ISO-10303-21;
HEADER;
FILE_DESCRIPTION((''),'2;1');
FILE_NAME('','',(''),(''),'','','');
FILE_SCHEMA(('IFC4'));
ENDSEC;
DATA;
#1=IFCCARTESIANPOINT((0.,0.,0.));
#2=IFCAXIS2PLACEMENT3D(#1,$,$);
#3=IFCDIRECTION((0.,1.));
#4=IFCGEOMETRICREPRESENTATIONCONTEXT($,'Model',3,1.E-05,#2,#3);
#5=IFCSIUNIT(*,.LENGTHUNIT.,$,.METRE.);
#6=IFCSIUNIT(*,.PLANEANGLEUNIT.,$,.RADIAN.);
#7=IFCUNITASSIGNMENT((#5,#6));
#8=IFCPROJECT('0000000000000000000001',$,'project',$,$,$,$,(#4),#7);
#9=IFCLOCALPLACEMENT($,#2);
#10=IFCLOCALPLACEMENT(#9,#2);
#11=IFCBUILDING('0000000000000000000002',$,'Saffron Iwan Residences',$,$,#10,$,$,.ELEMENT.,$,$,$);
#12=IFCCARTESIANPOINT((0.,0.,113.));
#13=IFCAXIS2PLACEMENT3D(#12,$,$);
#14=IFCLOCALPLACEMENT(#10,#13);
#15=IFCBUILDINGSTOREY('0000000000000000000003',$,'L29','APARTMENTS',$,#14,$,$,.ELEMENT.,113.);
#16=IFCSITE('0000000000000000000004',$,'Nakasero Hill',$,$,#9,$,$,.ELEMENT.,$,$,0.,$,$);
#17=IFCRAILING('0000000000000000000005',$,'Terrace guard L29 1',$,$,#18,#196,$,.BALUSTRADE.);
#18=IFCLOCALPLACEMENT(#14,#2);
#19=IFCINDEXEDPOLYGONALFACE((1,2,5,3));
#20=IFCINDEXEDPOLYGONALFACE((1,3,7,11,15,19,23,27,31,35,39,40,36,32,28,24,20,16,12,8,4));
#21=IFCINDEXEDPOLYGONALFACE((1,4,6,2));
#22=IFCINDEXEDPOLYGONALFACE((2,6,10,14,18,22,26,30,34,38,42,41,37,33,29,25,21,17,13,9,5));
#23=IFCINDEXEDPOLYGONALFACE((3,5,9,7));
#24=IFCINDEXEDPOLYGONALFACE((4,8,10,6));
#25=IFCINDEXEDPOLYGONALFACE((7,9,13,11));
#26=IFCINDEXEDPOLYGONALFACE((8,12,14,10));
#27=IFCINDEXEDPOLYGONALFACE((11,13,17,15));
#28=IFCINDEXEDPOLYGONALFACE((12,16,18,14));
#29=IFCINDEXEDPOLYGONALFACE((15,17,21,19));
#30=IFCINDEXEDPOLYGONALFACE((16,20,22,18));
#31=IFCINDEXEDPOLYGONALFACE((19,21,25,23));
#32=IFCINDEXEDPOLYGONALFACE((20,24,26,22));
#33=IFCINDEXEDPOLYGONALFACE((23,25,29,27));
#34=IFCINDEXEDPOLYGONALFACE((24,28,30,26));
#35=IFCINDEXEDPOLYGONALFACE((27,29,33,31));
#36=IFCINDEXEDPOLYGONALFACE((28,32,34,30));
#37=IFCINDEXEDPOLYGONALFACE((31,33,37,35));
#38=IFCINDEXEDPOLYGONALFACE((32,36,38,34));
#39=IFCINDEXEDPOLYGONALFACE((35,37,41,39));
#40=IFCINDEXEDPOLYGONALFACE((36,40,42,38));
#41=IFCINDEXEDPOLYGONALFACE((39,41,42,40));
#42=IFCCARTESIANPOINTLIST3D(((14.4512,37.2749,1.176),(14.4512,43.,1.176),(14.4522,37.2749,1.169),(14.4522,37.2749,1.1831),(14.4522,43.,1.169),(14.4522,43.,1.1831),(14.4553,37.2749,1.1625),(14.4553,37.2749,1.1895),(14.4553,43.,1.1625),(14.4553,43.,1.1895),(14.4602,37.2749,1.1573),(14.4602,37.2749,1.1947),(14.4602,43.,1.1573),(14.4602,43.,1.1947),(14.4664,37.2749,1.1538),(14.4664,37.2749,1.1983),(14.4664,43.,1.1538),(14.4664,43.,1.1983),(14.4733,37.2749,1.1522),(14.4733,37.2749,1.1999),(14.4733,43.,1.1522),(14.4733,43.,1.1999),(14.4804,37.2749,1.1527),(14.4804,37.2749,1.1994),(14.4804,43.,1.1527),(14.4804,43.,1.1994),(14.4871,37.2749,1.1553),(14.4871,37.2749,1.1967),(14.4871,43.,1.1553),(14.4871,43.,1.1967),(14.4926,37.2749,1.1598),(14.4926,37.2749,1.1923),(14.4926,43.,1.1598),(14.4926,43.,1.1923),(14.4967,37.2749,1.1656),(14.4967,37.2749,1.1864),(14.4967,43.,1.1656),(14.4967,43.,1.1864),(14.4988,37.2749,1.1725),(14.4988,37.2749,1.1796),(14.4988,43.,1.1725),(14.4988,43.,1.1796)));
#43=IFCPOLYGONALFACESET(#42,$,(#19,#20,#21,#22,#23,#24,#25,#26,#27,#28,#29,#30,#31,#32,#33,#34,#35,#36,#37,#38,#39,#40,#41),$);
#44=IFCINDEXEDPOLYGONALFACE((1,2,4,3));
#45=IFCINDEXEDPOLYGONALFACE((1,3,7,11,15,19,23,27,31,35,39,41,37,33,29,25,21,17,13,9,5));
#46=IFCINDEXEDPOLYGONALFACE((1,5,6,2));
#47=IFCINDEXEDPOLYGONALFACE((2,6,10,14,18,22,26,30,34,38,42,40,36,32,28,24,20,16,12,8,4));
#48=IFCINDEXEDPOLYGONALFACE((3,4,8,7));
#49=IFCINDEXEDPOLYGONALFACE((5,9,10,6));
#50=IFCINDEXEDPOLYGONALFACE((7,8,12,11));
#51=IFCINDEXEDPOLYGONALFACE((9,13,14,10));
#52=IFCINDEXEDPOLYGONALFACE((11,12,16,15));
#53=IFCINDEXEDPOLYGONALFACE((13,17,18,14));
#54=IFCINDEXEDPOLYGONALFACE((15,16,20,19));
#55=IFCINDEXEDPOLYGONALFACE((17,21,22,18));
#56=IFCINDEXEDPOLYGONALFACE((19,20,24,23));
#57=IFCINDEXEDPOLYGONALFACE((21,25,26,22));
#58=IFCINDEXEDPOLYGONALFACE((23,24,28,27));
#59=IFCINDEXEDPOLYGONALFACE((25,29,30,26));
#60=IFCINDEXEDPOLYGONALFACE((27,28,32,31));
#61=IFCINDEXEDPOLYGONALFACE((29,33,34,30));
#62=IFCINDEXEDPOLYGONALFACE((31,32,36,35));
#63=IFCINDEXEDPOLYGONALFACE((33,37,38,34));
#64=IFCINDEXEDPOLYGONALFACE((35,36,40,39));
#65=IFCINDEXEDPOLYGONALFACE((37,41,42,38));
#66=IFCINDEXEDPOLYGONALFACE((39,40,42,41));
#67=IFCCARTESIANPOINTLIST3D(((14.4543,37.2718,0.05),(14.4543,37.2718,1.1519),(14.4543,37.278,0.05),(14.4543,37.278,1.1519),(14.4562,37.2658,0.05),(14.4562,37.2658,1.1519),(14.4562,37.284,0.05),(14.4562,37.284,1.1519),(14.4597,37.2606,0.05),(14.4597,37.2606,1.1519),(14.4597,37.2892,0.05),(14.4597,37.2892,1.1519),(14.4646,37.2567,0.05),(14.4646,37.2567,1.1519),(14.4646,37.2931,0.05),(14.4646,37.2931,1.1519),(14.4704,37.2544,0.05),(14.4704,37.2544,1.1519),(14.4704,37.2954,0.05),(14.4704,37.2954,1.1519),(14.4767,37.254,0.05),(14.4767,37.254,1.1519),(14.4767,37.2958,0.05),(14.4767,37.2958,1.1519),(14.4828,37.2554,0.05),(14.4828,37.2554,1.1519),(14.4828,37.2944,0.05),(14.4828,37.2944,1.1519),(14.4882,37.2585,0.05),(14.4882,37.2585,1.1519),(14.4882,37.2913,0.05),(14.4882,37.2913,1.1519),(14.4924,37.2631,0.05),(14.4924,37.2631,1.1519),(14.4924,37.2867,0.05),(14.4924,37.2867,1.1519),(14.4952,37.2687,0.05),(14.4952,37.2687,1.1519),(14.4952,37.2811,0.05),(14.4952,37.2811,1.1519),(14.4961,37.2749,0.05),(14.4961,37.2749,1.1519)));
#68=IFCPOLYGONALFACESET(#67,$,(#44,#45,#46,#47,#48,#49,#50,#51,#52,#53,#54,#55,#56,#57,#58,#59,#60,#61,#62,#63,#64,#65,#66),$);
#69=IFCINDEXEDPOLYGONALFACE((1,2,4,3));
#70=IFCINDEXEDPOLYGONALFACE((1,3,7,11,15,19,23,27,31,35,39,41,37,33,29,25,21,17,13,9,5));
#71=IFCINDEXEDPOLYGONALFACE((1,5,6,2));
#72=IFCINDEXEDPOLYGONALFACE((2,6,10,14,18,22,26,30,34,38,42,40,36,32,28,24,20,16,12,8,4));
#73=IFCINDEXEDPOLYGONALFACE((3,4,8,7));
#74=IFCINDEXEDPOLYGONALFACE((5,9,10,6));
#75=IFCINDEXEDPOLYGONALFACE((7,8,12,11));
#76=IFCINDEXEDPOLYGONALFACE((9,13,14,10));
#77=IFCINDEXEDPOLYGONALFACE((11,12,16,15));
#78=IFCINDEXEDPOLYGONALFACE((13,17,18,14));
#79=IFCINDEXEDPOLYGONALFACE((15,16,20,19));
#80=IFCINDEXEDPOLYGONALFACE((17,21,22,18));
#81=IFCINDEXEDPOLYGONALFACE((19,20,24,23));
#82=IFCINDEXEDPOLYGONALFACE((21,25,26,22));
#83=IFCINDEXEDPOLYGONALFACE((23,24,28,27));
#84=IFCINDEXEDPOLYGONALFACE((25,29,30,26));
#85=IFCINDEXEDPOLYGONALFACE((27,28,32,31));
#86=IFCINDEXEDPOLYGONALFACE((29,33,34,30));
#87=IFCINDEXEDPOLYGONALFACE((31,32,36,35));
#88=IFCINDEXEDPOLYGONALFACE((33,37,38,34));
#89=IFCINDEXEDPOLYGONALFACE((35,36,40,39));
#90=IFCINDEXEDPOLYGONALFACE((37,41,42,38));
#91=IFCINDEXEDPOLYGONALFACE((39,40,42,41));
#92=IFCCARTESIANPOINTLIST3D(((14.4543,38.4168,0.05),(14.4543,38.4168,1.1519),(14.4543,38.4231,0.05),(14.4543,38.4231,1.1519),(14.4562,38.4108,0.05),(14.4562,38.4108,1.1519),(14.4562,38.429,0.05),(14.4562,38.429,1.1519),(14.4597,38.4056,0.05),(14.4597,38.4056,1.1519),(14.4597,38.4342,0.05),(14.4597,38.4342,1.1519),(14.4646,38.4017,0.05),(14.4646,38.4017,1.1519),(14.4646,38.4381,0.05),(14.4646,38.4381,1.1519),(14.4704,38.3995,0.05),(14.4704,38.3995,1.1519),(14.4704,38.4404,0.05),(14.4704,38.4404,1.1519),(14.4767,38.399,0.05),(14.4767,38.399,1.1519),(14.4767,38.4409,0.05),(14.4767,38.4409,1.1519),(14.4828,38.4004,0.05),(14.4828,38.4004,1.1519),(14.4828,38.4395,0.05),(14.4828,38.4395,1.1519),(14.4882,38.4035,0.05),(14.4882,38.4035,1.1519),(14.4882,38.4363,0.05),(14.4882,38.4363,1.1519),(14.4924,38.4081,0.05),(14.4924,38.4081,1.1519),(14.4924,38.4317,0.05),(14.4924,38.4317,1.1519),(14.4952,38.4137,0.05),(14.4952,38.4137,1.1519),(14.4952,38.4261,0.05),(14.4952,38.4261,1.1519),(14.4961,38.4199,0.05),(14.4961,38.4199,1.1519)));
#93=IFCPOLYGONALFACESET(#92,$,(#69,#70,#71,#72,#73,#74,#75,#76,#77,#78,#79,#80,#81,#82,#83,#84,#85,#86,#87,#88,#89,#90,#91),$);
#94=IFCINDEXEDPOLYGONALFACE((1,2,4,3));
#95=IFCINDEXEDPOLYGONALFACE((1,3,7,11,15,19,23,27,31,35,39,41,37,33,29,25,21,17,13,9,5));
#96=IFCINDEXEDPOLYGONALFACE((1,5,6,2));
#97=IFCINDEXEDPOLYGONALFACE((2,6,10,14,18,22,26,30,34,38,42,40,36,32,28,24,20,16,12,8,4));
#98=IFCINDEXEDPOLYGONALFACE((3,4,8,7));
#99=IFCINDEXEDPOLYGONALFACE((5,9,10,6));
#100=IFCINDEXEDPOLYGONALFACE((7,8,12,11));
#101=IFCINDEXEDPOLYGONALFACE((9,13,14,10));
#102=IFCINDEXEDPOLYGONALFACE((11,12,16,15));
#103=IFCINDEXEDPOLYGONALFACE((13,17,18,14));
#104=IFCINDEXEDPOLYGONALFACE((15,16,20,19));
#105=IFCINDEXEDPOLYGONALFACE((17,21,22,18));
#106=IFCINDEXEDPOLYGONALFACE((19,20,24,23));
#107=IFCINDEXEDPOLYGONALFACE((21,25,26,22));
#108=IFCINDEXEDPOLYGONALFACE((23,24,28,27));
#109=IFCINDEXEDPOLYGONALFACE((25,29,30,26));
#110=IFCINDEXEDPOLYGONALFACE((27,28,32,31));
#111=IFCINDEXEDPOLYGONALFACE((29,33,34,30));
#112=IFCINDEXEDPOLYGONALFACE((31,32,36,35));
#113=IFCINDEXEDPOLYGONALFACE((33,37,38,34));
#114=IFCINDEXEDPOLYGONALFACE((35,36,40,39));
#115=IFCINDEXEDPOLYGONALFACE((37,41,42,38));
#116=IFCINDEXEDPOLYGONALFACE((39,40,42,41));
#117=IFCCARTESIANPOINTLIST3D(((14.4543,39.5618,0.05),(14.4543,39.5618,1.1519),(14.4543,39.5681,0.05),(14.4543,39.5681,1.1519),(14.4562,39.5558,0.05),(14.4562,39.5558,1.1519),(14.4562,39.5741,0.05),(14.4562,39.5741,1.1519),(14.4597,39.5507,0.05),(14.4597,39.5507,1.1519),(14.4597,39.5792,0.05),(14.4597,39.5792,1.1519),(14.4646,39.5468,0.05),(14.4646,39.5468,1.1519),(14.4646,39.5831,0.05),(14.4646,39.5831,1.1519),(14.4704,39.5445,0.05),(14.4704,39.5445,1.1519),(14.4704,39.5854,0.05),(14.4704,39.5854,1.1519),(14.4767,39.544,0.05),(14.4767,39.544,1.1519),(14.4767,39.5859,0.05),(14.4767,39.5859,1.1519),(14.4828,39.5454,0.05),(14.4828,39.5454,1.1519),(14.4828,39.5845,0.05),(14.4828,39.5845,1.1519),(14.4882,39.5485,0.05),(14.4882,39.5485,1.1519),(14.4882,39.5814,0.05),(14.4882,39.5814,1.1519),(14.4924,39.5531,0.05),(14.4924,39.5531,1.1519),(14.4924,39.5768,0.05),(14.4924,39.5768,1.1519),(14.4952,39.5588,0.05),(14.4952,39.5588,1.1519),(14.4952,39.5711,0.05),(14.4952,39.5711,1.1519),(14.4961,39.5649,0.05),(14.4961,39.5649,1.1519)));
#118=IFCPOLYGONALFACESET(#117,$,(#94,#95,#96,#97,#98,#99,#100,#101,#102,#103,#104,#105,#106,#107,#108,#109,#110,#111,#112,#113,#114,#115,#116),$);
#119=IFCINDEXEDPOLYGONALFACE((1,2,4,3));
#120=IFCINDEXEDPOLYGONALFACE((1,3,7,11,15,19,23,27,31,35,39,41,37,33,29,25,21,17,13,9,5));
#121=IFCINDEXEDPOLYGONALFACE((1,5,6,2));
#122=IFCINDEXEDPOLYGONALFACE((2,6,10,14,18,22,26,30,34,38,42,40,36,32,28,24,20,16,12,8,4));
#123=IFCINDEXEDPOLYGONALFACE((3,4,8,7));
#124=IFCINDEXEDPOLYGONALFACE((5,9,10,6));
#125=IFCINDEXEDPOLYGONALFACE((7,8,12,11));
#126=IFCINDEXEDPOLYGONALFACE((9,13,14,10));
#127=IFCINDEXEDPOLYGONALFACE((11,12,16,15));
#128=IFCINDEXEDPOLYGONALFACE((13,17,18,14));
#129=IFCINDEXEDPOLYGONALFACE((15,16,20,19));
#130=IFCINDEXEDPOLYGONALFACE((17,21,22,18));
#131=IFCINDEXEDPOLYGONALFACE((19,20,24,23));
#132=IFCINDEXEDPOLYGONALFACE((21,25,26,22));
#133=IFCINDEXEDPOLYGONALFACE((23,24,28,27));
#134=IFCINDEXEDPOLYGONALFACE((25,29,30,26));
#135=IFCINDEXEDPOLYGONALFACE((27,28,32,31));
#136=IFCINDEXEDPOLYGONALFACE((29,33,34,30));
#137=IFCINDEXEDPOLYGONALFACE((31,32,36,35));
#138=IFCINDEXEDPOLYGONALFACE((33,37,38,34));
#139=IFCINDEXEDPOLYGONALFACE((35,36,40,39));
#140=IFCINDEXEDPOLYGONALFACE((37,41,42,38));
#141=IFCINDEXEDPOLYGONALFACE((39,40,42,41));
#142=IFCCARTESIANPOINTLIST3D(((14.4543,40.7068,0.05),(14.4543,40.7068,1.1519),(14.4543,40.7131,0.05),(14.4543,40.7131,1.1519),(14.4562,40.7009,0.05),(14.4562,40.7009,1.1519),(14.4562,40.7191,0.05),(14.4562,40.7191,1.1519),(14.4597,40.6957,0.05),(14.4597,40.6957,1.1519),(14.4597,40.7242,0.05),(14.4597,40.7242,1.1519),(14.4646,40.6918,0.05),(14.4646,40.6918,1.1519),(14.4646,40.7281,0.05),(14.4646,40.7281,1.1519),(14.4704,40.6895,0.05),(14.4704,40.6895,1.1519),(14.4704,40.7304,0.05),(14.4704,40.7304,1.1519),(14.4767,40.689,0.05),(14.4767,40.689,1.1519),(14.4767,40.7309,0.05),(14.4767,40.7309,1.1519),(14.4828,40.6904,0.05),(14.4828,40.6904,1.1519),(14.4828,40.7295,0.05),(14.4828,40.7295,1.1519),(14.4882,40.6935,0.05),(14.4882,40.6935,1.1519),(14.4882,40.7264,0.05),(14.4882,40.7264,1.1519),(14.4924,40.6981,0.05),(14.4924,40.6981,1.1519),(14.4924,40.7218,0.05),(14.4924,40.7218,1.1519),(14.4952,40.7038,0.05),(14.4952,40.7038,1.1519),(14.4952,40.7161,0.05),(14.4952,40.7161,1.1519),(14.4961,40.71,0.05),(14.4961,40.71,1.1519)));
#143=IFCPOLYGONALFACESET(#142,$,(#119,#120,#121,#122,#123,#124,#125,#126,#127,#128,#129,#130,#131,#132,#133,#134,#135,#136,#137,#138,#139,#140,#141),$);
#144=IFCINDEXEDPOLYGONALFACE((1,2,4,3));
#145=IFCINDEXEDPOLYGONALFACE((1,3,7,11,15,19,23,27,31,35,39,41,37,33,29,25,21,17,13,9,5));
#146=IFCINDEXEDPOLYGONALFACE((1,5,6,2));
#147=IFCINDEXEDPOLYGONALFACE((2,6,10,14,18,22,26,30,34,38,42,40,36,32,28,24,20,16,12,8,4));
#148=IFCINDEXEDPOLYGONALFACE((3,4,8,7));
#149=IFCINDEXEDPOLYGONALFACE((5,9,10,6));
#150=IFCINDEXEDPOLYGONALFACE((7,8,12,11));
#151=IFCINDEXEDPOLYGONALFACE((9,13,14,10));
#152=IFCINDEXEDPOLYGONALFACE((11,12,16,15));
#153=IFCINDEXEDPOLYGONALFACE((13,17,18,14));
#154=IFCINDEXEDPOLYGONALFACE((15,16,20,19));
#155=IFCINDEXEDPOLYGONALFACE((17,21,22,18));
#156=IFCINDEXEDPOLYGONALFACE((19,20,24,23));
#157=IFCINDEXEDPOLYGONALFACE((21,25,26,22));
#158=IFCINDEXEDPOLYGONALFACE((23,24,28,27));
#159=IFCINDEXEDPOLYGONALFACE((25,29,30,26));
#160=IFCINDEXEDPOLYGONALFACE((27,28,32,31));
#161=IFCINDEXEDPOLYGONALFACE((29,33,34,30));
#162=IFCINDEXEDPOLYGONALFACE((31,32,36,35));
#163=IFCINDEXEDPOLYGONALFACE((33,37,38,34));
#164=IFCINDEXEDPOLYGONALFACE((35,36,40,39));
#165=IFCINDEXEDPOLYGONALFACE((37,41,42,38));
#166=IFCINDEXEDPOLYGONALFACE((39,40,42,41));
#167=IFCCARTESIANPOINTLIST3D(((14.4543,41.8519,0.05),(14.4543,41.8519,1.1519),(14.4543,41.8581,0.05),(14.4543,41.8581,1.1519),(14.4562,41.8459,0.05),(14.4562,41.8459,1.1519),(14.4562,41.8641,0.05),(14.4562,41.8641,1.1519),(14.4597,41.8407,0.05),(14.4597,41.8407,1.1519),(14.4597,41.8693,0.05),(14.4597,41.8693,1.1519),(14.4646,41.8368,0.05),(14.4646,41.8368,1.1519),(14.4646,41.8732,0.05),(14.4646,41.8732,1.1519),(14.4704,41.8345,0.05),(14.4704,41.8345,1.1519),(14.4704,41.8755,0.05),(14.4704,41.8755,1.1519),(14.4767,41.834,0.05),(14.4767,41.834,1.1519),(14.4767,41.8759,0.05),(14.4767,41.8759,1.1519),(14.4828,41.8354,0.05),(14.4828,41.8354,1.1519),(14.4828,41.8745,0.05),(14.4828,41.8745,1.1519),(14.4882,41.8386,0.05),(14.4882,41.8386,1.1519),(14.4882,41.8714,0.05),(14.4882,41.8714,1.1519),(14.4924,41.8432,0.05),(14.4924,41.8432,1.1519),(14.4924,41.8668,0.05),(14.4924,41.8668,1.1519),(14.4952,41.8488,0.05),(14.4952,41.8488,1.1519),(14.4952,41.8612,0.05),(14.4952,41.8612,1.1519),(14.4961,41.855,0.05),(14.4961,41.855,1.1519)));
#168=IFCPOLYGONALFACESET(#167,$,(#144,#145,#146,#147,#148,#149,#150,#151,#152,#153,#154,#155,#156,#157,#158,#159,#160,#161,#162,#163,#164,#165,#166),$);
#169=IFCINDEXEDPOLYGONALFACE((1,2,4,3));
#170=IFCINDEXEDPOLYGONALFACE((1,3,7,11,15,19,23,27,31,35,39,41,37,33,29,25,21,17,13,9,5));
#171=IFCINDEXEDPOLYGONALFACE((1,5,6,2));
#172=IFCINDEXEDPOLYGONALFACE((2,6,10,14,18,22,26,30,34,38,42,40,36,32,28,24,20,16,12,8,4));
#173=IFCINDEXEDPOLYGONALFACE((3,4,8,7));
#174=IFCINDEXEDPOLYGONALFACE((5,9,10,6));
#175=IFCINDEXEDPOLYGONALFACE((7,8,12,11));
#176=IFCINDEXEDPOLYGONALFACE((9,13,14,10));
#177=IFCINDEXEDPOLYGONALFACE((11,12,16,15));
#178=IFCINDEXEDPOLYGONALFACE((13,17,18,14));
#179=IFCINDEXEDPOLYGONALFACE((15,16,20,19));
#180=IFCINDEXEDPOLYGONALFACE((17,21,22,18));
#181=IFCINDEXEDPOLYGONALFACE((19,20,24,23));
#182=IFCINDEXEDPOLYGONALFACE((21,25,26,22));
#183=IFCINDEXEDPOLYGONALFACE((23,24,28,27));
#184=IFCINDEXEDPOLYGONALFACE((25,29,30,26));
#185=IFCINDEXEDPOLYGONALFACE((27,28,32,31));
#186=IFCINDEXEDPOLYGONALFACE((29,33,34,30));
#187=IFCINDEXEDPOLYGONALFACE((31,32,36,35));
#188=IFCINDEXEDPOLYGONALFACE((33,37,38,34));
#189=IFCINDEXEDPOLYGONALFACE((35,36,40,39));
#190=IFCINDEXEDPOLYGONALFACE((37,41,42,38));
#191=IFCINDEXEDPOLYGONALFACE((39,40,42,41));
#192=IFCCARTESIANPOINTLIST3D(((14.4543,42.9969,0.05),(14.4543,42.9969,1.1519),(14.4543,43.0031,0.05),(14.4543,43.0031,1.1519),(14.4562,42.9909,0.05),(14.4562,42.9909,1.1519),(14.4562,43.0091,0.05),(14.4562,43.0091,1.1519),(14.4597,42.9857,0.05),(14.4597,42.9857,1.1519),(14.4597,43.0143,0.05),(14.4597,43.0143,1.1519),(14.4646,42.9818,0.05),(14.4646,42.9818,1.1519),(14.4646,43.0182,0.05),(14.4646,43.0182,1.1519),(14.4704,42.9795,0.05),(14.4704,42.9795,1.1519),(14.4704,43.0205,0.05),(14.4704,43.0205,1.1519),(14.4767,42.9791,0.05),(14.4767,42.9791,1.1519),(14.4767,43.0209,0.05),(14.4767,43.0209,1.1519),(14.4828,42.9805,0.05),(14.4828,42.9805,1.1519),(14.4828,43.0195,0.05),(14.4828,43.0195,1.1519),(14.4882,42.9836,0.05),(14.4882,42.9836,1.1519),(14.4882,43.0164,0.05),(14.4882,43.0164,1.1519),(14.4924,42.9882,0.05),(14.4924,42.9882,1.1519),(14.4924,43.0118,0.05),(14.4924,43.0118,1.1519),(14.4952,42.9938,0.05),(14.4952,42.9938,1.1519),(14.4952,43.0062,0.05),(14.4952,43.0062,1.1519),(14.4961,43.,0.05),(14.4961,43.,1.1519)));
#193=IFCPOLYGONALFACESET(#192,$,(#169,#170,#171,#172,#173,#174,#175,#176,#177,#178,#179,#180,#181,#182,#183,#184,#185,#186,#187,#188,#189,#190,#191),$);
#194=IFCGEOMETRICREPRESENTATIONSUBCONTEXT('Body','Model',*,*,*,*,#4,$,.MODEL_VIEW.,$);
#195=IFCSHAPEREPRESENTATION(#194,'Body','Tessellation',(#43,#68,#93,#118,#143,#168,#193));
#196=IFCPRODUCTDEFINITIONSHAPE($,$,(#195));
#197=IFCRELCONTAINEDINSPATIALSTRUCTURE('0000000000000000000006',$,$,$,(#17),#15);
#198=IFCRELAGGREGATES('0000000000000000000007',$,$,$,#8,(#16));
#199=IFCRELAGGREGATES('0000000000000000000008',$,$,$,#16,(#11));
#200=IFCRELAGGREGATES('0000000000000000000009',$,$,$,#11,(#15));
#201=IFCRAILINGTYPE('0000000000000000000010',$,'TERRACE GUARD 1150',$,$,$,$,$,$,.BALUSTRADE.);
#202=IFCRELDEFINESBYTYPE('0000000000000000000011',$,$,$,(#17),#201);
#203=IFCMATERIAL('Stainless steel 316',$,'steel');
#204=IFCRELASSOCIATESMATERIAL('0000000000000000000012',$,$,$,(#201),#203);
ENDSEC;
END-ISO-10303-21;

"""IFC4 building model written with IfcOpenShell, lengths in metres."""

from ifc_helpers import new_model, si_unit, direction, frame, origin, origin_2d, place, context, subcontext, project, spatial, circle, extrude, material, type_object, element, save


model = new_model("IFC4")

# Units and contexts
model_context = context("Model", 3, precision=1e-05, world=origin(), true_north=direction((0.0, 1.0)))
body_context = subcontext(model_context, "Body", "Model", "MODEL_VIEW")
ifc_project = project(units=[si_unit("LENGTHUNIT", "METRE"), si_unit("PLANEANGLEUNIT", "RADIAN")], contexts=[model_context])

# Site, building, storey
site_placement = place(None, origin())
site = spatial("IfcSite", under=ifc_project, at=site_placement, Name="Nakasero Hill", CompositionType="ELEMENT", RefElevation=0.0)
building_placement = place(site_placement, origin())
building = spatial("IfcBuilding", under=site, at=building_placement, Name="Saffron Iwan Residences", CompositionType="ELEMENT")
storey_placement = place(building_placement, frame((0.0, 0.0, 113.0)))
storey = spatial("IfcBuildingStorey", under=building, at=storey_placement, Name="L29", Description="APARTMENTS", CompositionType="ELEMENT", Elevation=113.0)

# Railing
ifc_material_1 = material(Name="Stainless steel 316", Category="steel")
railing_type = type_object("IfcRailingType", Name="TERRACE GUARD 1150", PredefinedType="BALUSTRADE", material=ifc_material_1)
railing_placement = place(storey_placement, frame((14.4751, 37.2749, 0.05)))
element("IfcRailing", 1, at=railing_placement, inside=storey, type_object=railing_type, Name="Terrace guard L29 1", PredefinedType="BALUSTRADE", context=body_context, shape_type="SweptSolid", body=[
    extrude(circle(Radius=0.0239, at=origin_2d()), frame((0.0, 0.0, 1.126), z_axis=(0.0, 1.0, 0.0), x_axis=(-1.0, 0.0, 0.0)), (0.0, 0.0, 1.0), 5.7251),
    extrude(circle(Radius=0.021, at=origin_2d()), origin(), (0.0, 0.0, 1.0), 1.1018),
    extrude(circle(Radius=0.021, at=origin_2d()), frame((0.0, 1.145, 0.0)), (0.0, 0.0, 1.0), 1.1018),
    extrude(circle(Radius=0.021, at=origin_2d()), frame((0.0, 2.29, 0.0)), (0.0, 0.0, 1.0), 1.1018),
    extrude(circle(Radius=0.021, at=origin_2d()), frame((0.0, 3.4351, 0.0)), (0.0, 0.0, 1.0), 1.1018),
    extrude(circle(Radius=0.021, at=origin_2d()), frame((0.0, 4.5801, 0.0)), (0.0, 0.0, 1.0), 1.1018),
    extrude(circle(Radius=0.021, at=origin_2d()), frame((0.0, 5.7251, 0.0)), (0.0, 0.0, 1.0), 1.1018),
])

save(model, "model.ifc")
